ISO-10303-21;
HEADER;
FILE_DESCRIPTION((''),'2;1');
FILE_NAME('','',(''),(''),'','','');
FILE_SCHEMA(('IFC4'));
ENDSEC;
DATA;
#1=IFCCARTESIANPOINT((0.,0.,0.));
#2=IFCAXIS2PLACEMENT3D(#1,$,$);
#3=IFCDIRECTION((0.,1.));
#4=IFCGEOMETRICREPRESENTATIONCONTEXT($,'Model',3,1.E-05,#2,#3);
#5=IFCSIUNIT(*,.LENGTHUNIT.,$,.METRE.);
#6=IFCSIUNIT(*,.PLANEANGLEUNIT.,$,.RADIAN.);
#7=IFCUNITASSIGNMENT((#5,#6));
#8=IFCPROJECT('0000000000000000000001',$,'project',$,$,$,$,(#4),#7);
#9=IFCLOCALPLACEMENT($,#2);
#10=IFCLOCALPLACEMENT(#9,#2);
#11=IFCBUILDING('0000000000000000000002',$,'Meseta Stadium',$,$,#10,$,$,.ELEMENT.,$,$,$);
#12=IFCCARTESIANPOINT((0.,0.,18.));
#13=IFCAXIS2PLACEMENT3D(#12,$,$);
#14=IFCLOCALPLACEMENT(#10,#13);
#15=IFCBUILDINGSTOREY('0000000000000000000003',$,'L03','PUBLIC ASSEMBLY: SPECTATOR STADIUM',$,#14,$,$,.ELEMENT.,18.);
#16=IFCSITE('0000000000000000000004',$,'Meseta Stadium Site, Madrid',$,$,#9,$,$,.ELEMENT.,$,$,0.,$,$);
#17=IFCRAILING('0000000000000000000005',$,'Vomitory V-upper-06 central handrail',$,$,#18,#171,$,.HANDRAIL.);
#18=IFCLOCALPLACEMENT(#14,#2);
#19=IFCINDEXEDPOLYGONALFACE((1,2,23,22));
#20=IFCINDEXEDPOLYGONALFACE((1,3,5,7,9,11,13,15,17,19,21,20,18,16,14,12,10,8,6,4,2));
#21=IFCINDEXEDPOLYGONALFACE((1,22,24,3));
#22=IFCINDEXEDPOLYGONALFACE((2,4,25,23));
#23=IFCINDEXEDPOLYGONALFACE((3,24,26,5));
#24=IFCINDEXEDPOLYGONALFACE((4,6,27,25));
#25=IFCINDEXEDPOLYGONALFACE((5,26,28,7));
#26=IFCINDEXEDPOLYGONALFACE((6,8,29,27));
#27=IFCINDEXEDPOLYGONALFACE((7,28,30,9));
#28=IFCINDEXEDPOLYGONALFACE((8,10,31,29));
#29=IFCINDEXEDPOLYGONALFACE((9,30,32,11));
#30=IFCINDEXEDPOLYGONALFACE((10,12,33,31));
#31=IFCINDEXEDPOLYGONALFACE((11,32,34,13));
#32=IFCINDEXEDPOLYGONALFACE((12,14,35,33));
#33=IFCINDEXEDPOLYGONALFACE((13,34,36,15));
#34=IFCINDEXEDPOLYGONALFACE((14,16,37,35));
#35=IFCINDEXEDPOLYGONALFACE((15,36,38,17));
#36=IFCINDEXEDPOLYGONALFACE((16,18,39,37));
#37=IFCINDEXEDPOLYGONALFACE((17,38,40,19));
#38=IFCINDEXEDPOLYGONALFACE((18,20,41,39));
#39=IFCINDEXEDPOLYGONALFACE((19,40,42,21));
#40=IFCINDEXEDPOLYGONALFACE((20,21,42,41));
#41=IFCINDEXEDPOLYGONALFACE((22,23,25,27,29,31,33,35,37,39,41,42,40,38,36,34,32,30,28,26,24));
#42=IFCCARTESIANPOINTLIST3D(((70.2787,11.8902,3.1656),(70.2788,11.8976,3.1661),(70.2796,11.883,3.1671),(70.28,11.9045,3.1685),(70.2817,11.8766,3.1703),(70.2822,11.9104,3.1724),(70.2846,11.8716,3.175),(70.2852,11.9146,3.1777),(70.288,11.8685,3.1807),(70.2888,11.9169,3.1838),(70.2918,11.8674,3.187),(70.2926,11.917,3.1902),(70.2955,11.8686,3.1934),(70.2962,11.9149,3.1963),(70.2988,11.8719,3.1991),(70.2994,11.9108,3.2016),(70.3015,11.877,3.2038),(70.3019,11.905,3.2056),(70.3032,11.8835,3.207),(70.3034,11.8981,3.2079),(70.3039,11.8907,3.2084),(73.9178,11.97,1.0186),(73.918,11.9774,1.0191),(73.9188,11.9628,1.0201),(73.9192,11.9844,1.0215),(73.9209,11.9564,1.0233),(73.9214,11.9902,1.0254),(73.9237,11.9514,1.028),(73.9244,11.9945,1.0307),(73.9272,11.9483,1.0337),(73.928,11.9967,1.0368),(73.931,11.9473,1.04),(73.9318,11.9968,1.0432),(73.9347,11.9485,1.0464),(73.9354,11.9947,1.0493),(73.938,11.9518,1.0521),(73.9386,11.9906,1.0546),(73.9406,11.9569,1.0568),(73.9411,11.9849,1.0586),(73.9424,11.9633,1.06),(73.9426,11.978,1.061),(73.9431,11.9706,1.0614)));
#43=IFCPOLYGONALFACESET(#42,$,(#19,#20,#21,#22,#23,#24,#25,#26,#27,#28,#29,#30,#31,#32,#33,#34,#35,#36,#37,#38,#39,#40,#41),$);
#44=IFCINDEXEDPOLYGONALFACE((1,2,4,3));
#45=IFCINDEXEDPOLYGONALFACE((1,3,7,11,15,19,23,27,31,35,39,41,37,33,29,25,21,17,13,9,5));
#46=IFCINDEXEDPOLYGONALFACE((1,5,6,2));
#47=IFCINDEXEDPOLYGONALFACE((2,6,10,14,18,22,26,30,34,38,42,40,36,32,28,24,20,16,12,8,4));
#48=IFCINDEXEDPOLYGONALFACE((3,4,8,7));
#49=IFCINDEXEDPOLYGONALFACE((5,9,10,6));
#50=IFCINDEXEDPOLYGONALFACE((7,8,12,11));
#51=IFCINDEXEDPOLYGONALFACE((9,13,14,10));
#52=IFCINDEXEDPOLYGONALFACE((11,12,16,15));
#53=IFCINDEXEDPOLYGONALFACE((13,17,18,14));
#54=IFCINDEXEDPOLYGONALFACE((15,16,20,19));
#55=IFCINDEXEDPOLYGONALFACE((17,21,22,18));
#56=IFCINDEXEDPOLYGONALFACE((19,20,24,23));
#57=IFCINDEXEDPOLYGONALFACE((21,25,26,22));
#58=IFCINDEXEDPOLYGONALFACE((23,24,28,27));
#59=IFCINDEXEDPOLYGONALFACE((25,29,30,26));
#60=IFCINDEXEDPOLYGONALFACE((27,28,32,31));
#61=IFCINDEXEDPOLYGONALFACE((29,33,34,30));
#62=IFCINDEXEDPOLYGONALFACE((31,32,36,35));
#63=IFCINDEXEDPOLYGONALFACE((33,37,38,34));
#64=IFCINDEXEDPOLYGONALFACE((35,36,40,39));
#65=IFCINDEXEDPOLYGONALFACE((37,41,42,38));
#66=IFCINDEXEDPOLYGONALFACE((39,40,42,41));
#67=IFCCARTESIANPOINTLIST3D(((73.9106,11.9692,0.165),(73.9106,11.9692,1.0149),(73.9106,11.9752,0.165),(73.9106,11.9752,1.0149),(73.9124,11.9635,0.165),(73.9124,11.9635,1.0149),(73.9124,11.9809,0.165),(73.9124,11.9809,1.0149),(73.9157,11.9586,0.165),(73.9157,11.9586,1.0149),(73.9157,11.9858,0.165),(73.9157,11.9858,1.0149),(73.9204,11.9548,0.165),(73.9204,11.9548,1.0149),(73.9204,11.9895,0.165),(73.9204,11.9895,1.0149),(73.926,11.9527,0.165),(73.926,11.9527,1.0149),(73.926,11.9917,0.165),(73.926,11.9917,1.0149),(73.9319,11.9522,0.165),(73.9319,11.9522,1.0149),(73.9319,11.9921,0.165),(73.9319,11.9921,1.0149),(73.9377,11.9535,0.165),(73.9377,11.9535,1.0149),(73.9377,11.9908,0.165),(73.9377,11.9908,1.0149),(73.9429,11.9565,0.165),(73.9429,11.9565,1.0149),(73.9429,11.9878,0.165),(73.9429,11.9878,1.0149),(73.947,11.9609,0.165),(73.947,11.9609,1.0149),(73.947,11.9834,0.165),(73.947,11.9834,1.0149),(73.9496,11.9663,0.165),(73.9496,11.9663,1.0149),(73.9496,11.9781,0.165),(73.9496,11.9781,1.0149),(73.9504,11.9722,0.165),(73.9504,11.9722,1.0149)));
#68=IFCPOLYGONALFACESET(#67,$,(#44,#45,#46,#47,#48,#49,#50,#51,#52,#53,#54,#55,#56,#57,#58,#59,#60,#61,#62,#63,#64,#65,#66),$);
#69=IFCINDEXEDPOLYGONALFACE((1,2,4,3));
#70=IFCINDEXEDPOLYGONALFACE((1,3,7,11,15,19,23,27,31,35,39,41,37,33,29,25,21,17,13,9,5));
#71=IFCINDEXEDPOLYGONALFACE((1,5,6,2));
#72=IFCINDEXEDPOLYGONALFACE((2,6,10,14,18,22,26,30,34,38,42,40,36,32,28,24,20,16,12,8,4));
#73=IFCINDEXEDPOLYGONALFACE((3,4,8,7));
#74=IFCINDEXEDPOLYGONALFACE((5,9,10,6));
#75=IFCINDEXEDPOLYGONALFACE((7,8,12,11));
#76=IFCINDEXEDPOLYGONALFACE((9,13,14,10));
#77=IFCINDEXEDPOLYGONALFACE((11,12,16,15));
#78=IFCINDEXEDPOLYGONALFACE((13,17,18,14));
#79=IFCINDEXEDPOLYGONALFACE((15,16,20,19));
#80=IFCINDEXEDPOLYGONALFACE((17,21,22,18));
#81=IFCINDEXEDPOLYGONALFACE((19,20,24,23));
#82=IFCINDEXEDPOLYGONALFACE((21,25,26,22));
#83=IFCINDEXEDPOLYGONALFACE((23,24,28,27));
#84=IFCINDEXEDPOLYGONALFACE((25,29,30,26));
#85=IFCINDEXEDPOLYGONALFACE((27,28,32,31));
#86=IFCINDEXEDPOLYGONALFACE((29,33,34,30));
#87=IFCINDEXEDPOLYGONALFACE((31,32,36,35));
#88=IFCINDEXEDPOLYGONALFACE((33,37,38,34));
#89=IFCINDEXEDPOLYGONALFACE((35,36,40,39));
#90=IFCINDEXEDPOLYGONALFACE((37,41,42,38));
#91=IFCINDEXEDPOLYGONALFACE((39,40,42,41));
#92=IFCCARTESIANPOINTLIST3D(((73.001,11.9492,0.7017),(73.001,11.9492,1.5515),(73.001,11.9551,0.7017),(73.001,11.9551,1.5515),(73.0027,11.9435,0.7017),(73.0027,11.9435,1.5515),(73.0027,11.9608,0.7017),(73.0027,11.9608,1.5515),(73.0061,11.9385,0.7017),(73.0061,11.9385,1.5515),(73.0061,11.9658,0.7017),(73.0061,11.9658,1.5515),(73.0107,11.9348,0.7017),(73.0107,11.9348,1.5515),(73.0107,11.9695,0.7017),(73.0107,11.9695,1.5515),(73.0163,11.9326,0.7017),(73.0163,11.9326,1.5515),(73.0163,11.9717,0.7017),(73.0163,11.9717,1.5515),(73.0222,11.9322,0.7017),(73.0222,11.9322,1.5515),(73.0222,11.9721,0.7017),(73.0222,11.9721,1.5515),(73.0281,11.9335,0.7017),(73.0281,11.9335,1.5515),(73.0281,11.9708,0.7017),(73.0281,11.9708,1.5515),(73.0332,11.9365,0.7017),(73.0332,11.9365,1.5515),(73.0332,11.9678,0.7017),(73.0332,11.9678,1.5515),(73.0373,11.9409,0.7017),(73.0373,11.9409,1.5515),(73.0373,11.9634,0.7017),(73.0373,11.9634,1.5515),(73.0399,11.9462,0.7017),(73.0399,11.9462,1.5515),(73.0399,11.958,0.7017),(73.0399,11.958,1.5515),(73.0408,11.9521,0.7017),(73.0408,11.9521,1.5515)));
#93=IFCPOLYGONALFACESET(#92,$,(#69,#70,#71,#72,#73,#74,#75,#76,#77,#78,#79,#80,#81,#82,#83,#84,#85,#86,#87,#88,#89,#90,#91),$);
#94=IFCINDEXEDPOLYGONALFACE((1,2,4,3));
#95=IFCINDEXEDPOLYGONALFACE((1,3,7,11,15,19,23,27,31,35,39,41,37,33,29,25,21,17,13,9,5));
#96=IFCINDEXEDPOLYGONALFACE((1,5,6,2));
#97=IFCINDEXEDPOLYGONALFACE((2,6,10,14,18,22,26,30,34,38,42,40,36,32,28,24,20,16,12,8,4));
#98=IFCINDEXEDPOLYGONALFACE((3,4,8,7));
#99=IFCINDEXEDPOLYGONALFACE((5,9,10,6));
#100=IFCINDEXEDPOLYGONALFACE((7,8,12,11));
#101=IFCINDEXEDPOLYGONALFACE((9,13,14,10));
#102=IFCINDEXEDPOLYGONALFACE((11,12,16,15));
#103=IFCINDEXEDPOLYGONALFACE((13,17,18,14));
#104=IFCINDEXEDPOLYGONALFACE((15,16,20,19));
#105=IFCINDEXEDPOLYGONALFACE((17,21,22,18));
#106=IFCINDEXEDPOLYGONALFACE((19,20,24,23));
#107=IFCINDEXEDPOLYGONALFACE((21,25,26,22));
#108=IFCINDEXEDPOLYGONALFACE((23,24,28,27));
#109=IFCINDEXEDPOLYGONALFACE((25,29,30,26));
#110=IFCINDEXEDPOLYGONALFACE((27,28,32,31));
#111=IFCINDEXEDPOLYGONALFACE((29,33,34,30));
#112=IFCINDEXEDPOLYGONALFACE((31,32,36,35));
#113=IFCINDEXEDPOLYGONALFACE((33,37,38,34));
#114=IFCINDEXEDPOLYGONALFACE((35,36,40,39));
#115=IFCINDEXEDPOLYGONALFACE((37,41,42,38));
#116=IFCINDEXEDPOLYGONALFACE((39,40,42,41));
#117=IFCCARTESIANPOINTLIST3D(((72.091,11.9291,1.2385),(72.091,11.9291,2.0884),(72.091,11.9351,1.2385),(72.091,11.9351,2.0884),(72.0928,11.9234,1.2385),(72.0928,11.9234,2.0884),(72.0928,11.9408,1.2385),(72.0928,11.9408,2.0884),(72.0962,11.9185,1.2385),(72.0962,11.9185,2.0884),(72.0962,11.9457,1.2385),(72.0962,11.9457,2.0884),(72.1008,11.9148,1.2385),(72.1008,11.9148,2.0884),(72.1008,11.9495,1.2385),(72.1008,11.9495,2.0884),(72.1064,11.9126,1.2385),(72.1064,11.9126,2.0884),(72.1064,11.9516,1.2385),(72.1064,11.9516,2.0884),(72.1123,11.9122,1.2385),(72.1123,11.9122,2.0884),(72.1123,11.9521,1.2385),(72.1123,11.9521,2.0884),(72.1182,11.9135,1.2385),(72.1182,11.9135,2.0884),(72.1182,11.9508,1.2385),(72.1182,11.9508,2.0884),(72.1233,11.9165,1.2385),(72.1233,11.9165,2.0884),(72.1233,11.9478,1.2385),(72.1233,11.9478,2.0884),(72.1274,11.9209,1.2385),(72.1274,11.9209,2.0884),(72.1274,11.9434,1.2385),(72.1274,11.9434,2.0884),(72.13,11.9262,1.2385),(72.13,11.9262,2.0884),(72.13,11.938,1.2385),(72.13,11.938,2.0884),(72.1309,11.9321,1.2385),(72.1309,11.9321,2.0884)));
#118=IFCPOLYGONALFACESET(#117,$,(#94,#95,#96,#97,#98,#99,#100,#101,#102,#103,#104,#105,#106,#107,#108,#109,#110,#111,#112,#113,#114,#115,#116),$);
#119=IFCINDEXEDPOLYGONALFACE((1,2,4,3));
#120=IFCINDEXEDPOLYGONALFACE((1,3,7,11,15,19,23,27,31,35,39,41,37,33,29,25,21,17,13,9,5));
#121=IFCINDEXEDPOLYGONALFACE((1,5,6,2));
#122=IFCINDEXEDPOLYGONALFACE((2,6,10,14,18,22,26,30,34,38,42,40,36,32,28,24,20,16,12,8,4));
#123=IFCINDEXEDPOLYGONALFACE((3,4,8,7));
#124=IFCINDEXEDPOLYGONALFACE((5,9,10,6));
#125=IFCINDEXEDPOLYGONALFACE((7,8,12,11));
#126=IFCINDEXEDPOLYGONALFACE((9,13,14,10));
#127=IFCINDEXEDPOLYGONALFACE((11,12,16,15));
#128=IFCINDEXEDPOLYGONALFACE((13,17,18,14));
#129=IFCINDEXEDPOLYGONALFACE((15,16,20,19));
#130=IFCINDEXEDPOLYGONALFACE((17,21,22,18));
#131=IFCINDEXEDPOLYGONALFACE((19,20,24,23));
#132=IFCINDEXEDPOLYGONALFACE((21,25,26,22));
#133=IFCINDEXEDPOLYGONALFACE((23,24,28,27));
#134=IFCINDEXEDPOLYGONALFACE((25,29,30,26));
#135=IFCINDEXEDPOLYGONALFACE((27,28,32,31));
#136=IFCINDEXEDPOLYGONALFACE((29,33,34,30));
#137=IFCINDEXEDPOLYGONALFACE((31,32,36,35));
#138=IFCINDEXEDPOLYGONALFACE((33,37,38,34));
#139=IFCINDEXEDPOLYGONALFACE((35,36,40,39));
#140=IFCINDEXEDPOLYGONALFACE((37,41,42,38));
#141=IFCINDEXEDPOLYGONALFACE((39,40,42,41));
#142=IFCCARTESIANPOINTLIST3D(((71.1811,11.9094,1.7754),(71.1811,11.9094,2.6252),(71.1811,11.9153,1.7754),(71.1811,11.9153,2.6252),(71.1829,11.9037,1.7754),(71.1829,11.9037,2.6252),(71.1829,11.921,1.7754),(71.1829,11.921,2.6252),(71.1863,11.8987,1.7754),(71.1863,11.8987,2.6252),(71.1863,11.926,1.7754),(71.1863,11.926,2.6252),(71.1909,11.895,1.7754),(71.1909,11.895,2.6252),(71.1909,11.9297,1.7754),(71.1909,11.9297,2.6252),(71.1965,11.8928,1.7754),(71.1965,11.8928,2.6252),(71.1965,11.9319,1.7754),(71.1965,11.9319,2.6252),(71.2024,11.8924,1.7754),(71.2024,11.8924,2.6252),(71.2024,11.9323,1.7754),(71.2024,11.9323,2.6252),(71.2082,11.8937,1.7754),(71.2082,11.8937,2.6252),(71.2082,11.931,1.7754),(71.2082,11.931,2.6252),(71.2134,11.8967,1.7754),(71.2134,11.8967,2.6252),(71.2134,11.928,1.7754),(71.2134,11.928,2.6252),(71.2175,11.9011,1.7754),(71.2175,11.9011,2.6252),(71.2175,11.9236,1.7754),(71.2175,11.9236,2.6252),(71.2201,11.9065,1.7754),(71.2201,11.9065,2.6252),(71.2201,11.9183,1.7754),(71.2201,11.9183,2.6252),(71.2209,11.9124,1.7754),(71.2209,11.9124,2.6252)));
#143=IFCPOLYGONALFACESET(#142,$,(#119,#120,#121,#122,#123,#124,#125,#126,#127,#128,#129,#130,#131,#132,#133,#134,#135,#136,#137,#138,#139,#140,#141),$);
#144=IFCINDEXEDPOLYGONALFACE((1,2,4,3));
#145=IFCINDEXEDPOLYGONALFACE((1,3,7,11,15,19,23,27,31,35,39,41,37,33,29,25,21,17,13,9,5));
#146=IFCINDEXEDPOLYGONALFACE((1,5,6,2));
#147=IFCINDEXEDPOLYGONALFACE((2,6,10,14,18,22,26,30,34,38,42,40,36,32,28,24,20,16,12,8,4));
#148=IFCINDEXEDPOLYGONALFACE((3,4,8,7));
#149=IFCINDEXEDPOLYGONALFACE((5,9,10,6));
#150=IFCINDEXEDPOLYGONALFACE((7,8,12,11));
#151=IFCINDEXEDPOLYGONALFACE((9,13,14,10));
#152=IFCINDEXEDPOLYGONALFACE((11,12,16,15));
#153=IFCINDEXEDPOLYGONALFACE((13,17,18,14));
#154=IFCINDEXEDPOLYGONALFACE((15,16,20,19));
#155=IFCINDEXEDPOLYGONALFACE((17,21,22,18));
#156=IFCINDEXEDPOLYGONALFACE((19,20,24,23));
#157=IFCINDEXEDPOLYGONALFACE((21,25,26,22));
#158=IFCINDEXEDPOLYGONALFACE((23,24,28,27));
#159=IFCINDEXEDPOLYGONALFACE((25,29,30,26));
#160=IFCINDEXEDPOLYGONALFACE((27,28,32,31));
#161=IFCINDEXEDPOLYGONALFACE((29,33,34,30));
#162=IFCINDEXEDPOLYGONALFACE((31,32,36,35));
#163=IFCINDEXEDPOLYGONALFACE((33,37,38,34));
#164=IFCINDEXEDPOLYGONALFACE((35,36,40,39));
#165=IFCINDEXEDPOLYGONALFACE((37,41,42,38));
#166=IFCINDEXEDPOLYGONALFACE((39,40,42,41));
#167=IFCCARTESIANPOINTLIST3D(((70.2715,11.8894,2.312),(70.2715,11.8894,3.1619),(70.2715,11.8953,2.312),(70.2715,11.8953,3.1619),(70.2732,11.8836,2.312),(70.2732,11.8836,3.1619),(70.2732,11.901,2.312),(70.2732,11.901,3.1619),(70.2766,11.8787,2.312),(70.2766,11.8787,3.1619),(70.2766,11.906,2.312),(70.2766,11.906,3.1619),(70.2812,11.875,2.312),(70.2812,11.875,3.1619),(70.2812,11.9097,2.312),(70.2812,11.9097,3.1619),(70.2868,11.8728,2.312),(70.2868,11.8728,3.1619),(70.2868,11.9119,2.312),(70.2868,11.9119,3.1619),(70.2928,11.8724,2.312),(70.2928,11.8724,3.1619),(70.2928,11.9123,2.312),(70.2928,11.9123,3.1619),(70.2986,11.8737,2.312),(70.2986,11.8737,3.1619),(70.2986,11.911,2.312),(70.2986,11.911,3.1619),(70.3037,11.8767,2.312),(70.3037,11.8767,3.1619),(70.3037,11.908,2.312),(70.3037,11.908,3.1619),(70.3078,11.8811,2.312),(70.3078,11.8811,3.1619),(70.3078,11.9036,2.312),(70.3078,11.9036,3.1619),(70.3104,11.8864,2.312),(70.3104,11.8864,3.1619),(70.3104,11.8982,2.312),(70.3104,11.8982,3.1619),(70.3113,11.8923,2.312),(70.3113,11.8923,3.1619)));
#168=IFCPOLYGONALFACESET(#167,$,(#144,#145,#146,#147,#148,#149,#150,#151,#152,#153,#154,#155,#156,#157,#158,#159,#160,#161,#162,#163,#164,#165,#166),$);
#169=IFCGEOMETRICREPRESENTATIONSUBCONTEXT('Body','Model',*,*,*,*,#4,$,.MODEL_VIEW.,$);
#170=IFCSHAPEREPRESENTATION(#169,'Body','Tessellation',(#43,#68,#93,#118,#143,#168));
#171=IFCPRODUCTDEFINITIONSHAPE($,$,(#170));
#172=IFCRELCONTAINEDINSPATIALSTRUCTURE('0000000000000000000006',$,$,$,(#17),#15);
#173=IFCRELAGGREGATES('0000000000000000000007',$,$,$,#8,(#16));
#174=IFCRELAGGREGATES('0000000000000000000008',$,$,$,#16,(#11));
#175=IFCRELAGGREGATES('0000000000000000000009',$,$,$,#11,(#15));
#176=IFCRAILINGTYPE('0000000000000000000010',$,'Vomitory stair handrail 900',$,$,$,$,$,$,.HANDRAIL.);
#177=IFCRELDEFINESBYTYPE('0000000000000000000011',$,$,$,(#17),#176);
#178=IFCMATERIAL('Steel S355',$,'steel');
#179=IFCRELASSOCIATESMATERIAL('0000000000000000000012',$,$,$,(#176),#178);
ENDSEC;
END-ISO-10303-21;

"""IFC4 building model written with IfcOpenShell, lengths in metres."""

from ifc_helpers import new_model, si_unit, direction, frame, origin, origin_2d, place, context, subcontext, project, spatial, circle, extrude, material, type_object, element, save


model = new_model("IFC4")

# Units and contexts
model_context = context("Model", 3, precision=1e-05, world=origin(), true_north=direction((0.0, 1.0)))
body_context = subcontext(model_context, "Body", "Model", "MODEL_VIEW")
ifc_project = project(units=[si_unit("LENGTHUNIT", "METRE"), si_unit("PLANEANGLEUNIT", "RADIAN")], contexts=[model_context])

# Site, building, storey
site_placement = place(None, origin())
site = spatial("IfcSite", under=ifc_project, at=site_placement, Name="Meseta Stadium Site, Madrid", CompositionType="ELEMENT", RefElevation=0.0)
building_placement = place(site_placement, origin())
building = spatial("IfcBuilding", under=site, at=building_placement, Name="Meseta Stadium", CompositionType="ELEMENT")
storey_placement = place(building_placement, frame((0.0, 0.0, 18.0)))
storey = spatial("IfcBuildingStorey", under=building, at=storey_placement, Name="L03", Description="PUBLIC ASSEMBLY: SPECTATOR STADIUM", CompositionType="ELEMENT", Elevation=18.0)

# Railing
ifc_material_1 = material(Name="Steel S355", Category="steel")
railing_type_1 = type_object("IfcRailingType", Name="Vomitory stair handrail 900", PredefinedType="HANDRAIL", material=ifc_material_1)
railing_1_placement = place(storey_placement, frame((73.9304, 11.9722, 0.165)))
element("IfcRailing", 1, at=railing_1_placement, inside=storey, type_object=railing_type_1, Name="Vomitory V-upper-06 central handrail", PredefinedType="HANDRAIL", context=body_context, shape_type="SweptSolid", body=[
    extrude(circle(Radius=0.0249, at=origin_2d()), frame((0.0, 0.0, 0.875), z_axis=(-0.861129, -0.018891, 0.508035), x_axis=(0.021932, -0.999759, 0.0)), (0.0, 0.0, 1.0), 4.2261),
    extrude(circle(Radius=0.02, at=origin_2d()), origin(), (0.0, 0.0, 1.0), 0.8499),
    extrude(circle(Radius=0.02, at=origin_2d()), frame((-0.9097, -0.02, 0.5366)), (0.0, 0.0, 1.0), 0.8499),
    extrude(circle(Radius=0.02, at=origin_2d()), frame((-1.8196, -0.04, 1.0735)), (0.0, 0.0, 1.0), 0.8499),
    extrude(circle(Radius=0.02, at=origin_2d()), frame((-2.7295, -0.0598, 1.6104)), (0.0, 0.0, 1.0), 0.8499),
    extrude(circle(Radius=0.02, at=origin_2d()), frame((-3.6392, -0.0798, 2.147)), (0.0, 0.0, 1.0), 0.8499),
])

save(model, "model.ifc")
